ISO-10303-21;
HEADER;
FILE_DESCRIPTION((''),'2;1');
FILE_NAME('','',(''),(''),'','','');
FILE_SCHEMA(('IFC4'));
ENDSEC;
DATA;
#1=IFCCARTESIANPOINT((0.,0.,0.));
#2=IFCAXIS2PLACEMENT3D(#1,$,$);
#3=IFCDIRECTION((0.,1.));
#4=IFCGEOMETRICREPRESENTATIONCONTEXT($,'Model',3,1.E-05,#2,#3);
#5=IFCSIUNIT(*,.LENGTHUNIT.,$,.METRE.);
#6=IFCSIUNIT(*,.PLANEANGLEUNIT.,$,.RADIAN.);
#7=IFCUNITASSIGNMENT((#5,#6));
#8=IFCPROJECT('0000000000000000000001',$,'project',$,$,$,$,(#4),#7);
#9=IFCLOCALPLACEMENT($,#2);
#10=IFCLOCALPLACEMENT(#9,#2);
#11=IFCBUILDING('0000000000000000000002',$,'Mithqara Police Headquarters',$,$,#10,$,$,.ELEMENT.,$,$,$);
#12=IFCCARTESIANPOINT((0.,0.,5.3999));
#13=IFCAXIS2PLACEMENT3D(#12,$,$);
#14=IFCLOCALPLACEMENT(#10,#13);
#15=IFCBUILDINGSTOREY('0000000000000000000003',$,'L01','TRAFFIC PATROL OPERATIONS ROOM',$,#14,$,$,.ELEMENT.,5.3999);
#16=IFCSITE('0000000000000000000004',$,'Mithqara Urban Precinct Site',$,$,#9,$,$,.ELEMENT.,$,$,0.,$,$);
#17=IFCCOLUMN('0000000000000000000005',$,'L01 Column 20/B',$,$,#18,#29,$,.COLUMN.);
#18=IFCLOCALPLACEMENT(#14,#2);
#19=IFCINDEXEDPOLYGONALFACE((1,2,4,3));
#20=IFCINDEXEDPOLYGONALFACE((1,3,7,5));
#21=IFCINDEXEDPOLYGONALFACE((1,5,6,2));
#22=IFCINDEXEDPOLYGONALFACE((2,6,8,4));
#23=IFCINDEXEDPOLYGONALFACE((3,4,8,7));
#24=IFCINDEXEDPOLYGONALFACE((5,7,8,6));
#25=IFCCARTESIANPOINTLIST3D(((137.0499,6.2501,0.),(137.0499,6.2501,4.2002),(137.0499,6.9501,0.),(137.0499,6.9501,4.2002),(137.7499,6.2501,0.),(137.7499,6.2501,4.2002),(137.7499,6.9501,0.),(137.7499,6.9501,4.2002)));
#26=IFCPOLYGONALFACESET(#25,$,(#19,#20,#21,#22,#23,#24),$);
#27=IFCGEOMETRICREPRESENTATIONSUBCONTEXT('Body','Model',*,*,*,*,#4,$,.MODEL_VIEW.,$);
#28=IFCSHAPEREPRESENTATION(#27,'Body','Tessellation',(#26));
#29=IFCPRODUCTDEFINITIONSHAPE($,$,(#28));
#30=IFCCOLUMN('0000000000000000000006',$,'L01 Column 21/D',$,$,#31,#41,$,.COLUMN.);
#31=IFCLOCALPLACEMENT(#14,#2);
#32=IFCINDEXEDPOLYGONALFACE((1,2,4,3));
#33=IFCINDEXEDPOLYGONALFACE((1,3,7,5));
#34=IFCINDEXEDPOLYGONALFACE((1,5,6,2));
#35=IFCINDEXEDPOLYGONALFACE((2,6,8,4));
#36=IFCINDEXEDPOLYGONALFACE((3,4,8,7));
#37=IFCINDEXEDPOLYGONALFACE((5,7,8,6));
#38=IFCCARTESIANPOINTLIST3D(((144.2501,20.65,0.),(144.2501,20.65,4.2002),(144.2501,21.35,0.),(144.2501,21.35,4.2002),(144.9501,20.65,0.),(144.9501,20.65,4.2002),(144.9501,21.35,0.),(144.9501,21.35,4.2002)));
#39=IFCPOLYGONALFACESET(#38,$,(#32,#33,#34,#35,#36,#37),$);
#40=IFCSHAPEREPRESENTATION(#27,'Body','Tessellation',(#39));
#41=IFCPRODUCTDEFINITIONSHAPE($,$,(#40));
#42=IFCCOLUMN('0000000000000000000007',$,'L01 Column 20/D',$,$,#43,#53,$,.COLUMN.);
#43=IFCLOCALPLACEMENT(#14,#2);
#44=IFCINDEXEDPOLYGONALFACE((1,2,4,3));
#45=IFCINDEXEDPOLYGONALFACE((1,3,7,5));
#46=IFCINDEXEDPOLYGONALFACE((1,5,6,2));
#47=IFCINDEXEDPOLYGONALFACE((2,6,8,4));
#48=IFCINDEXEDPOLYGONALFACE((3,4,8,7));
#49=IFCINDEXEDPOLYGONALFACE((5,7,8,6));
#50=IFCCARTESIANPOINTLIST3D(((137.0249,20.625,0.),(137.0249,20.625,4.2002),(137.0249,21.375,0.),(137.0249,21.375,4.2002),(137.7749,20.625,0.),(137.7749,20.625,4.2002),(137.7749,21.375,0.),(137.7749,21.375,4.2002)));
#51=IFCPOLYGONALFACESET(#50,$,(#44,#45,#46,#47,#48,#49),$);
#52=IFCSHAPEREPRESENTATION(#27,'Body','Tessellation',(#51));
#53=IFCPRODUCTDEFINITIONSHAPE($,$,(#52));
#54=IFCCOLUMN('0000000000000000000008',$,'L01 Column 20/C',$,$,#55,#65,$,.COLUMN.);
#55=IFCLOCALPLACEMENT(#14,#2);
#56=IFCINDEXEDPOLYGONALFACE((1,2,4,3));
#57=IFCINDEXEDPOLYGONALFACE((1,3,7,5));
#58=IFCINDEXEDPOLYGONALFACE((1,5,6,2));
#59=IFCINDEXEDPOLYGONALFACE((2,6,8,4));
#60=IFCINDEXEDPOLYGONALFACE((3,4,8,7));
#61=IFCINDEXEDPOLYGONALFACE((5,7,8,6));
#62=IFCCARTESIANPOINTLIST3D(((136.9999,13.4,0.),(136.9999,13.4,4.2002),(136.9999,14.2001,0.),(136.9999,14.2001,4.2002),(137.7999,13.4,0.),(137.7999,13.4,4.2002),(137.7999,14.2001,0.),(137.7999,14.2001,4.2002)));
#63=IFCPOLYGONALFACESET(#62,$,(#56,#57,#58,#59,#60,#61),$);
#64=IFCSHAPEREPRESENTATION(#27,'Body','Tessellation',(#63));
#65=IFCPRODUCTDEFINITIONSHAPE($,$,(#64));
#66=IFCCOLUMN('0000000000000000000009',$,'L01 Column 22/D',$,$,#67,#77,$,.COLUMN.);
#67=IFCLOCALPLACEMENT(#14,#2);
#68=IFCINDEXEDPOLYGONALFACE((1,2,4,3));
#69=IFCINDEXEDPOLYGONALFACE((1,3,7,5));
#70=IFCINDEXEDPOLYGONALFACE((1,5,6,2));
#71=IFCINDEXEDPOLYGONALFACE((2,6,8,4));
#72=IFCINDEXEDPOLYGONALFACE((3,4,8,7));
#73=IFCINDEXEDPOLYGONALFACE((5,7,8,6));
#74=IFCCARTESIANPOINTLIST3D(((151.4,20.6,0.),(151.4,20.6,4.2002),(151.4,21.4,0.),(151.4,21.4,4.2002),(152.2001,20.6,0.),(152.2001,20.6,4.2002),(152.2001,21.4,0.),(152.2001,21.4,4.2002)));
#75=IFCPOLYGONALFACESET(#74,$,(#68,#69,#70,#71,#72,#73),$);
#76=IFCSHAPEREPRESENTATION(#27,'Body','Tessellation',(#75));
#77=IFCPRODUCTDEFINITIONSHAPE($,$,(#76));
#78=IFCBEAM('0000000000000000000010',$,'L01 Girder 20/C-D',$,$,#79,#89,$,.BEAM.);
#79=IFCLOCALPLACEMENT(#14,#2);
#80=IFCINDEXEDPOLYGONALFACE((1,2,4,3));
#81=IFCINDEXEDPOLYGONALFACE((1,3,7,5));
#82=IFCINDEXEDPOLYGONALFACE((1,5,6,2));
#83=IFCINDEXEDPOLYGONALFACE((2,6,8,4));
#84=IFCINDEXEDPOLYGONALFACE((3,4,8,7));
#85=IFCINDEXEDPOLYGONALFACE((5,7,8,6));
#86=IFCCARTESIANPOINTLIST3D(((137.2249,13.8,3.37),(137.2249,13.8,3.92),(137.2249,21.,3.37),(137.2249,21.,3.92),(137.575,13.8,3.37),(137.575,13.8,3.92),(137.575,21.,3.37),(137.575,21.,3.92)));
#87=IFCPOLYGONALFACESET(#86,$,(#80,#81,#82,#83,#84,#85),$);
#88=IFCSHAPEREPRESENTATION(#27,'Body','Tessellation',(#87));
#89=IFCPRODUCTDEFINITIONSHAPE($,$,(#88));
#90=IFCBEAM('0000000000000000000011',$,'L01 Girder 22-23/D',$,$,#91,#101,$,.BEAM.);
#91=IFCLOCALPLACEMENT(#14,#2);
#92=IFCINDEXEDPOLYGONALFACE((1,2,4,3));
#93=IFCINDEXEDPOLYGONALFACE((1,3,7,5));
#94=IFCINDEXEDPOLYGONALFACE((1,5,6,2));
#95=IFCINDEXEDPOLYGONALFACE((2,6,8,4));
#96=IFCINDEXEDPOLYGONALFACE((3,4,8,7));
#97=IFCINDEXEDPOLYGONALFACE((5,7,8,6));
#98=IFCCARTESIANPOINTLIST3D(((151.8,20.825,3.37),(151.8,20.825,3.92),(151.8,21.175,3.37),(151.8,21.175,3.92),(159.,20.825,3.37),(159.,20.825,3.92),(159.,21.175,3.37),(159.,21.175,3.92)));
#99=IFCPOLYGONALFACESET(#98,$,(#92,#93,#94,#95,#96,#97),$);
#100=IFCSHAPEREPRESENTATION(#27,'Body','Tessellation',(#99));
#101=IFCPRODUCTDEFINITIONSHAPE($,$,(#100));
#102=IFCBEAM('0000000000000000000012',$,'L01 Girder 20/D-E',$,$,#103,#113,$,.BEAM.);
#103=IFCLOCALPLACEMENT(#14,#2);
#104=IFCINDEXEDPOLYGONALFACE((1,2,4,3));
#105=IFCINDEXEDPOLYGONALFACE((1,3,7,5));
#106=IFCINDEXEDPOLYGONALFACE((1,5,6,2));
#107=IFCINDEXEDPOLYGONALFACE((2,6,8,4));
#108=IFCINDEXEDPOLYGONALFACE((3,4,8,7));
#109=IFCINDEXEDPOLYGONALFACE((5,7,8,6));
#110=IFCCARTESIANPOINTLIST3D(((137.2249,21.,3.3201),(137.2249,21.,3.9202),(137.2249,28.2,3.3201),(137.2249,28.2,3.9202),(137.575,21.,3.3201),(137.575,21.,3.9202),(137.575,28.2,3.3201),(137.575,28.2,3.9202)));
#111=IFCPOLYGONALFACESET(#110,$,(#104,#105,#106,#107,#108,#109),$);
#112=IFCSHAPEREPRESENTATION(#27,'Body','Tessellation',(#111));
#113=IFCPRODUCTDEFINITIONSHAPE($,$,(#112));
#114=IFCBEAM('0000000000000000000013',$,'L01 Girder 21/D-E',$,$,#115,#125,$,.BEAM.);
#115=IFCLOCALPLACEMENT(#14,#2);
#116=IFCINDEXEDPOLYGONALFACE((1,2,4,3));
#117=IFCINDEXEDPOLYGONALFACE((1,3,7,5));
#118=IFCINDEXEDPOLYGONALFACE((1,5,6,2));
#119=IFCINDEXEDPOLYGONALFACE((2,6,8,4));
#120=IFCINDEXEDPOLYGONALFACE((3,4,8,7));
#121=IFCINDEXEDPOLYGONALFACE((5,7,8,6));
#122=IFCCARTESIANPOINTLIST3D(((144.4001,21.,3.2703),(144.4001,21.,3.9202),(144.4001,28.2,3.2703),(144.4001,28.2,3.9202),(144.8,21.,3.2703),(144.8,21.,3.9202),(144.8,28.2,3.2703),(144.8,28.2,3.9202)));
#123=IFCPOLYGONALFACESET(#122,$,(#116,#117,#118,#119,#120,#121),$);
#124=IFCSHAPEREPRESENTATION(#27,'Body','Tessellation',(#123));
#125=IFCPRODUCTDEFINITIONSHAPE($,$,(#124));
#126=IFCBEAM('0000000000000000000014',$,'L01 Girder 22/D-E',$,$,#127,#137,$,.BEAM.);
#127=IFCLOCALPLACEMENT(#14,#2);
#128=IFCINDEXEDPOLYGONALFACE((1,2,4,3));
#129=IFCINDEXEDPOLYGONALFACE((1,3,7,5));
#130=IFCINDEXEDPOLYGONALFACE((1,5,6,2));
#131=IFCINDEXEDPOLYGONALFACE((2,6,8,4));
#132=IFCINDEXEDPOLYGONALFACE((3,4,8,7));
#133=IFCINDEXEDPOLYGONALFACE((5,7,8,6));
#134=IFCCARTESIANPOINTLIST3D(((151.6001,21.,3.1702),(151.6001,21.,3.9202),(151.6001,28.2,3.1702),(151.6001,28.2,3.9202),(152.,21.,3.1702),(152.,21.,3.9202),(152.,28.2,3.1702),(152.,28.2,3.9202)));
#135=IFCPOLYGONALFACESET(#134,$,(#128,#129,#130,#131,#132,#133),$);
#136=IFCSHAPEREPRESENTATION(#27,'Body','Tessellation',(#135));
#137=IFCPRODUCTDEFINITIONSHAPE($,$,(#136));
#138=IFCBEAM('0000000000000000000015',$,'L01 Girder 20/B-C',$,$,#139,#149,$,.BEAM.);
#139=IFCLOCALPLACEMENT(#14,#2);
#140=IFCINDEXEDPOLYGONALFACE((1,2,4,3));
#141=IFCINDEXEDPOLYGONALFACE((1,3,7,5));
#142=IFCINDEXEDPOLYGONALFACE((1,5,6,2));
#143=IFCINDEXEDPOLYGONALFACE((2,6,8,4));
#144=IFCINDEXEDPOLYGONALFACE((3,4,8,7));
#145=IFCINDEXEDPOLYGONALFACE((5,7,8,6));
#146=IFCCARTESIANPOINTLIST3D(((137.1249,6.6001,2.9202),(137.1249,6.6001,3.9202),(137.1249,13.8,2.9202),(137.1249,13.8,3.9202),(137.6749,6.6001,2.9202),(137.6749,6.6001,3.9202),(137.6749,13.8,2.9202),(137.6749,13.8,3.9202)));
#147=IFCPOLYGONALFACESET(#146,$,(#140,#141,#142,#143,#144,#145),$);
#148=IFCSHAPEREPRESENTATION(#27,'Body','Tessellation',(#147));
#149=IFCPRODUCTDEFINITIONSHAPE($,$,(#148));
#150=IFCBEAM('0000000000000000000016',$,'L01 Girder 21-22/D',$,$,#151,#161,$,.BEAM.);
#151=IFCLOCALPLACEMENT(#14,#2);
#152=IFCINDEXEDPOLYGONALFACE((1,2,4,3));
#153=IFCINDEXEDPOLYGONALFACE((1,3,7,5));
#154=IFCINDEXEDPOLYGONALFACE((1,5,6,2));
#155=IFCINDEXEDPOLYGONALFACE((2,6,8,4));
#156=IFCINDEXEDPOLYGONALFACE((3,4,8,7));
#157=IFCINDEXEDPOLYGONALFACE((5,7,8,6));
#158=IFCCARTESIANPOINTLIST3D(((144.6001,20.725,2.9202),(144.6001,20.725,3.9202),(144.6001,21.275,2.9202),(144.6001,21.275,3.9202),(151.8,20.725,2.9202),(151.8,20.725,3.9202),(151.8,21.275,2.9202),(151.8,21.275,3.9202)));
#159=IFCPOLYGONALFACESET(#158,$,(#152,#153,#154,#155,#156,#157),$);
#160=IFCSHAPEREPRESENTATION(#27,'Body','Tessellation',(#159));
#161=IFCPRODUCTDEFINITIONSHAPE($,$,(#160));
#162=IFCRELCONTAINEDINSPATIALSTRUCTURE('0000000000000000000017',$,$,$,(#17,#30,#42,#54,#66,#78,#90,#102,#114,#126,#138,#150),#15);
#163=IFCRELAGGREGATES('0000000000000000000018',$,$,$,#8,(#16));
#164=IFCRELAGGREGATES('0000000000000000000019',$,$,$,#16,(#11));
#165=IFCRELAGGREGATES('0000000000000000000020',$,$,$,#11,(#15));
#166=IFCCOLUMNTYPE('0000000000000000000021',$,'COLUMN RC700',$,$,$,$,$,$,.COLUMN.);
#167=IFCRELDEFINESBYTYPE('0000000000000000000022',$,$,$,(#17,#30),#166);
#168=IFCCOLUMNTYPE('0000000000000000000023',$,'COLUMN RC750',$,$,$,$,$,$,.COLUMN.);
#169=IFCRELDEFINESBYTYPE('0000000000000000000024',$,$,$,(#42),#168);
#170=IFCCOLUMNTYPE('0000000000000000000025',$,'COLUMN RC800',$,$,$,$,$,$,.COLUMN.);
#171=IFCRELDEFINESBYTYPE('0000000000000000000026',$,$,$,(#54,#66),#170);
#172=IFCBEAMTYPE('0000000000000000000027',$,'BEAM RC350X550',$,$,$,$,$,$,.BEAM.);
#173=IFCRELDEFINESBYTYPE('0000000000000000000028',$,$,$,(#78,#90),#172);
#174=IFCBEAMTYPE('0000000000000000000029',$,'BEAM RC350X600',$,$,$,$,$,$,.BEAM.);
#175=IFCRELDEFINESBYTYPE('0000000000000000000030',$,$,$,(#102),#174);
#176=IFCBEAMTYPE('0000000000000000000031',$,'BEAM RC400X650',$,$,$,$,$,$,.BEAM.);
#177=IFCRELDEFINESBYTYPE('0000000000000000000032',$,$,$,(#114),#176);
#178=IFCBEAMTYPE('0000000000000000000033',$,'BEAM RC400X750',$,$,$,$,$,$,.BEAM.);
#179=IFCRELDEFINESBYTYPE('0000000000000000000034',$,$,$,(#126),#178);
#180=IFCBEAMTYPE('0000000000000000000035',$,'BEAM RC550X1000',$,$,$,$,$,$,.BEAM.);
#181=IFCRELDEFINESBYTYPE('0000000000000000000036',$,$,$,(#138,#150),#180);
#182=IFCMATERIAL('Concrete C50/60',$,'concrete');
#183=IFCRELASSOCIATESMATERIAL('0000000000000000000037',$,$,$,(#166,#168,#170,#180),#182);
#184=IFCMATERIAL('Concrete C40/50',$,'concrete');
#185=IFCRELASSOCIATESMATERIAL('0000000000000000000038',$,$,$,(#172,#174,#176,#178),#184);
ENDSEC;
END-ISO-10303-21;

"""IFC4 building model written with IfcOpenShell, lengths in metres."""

from ifc_helpers import new_model, si_unit, direction, frame, origin, origin_2d, place, context, subcontext, project, spatial, rectangle, extrude, material, material_profile, profile_set, type_object, element, save


model = new_model("IFC4")

# Units and contexts
model_context = context("Model", 3, precision=1e-05, world=origin(), true_north=direction((0.0, 1.0)))
body_context = subcontext(model_context, "Body", "Model", "MODEL_VIEW")
ifc_project = project(units=[si_unit("LENGTHUNIT", "METRE"), si_unit("PLANEANGLEUNIT", "RADIAN")], contexts=[model_context])

# Site, building, storey
site_placement = place(None, origin())
site = spatial("IfcSite", under=ifc_project, at=site_placement, Name="Mithqara Urban Precinct Site", CompositionType="ELEMENT", RefElevation=0.0)
building_placement = place(site_placement, origin())
building = spatial("IfcBuilding", under=site, at=building_placement, Name="Mithqara Police Headquarters", CompositionType="ELEMENT")
storey_placement = place(building_placement, frame((0.0, 0.0, 5.3999)))
storey = spatial("IfcBuildingStorey", under=building, at=storey_placement, Name="L01", Description="TRAFFIC PATROL OPERATIONS ROOM", CompositionType="ELEMENT", Elevation=5.3999)

# Columns
ifc_material_1 = material(Name="Concrete C50/60", Category="concrete")
ifc_material_profile_1 = material_profile(ifc_material_1, rectangle(XDim=0.7, YDim=0.7, at=origin_2d()), Name="RC 700x700")
ifc_profile_set_1 = profile_set([ifc_material_profile_1], Name="Concrete C50/60")
column_type_1 = type_object("IfcColumnType", Name="COLUMN RC700", PredefinedType="COLUMN", material=ifc_profile_set_1)
for number, where, z_axis, x_axis, name in (
    (1, (137.3999, 6.6001, 0.0), (0.0, 0.0, 1.0), (1.0, 0.0, 0.0), "L01 Column 20/B"),
    (2, (144.6001, 21.0, 0.0), (0.0, 0.0, 1.0), (1.0, 0.0, 0.0), "L01 Column 21/D"),
):
    element("IfcColumn", number, at=place(storey_placement, frame(where, z_axis=z_axis, x_axis=x_axis)), inside=storey, type_object=column_type_1, Name=name, PredefinedType="COLUMN", context=body_context, shape_type="SweptSolid", body=[
        extrude(rectangle(XDim=0.7, YDim=0.7, at=origin_2d()), origin(), (0.0, 0.0, 1.0), 4.2002),
    ])
ifc_material_profile_2 = material_profile(ifc_material_1, rectangle(XDim=0.75, YDim=0.75, at=origin_2d()), Name="RC 750x750")
ifc_profile_set_2 = profile_set([ifc_material_profile_2], Name="Concrete C50/60")
column_type_2 = type_object("IfcColumnType", Name="COLUMN RC750", PredefinedType="COLUMN", material=ifc_profile_set_2)
column_placement = place(storey_placement, frame((137.3999, 21.0, 0.0), z_axis=(0.0, 0.0, 1.0), x_axis=(1.0, 0.0, 0.0)))
element("IfcColumn", 3, at=column_placement, inside=storey, type_object=column_type_2, Name="L01 Column 20/D", PredefinedType="COLUMN", context=body_context, shape_type="SweptSolid", body=[
    extrude(rectangle(XDim=0.75, YDim=0.75, at=origin_2d()), origin(), (0.0, 0.0, 1.0), 4.2002),
])
ifc_material_profile_3 = material_profile(ifc_material_1, rectangle(XDim=0.8, YDim=0.8, at=origin_2d()), Name="RC 800x800")
ifc_profile_set_3 = profile_set([ifc_material_profile_3], Name="Concrete C50/60")
column_type_3 = type_object("IfcColumnType", Name="COLUMN RC800", PredefinedType="COLUMN", material=ifc_profile_set_3)
for number, where, z_axis, x_axis, name in (
    (4, (137.3999, 13.8, 0.0), (0.0, 0.0, 1.0), (1.0, 0.0, 0.0), "L01 Column 20/C"),
    (5, (151.8, 21.0, 0.0), (0.0, 0.0, 1.0), (1.0, 0.0, 0.0), "L01 Column 22/D"),
):
    element("IfcColumn", number, at=place(storey_placement, frame(where, z_axis=z_axis, x_axis=x_axis)), inside=storey, type_object=column_type_3, Name=name, PredefinedType="COLUMN", context=body_context, shape_type="SweptSolid", body=[
        extrude(rectangle(XDim=0.8, YDim=0.8, at=origin_2d()), origin(), (0.0, 0.0, 1.0), 4.2002),
    ])

# Beams
ifc_material_2 = material(Name="Concrete C40/50", Category="concrete")
ifc_material_profile_4 = material_profile(ifc_material_2, rectangle(XDim=0.3501, YDim=0.55, at=origin_2d()), Name="RC 350x550")
ifc_profile_set_4 = profile_set([ifc_material_profile_4], Name="Concrete C40/50")
beam_type_1 = type_object("IfcBeamType", Name="BEAM RC350X550", PredefinedType="BEAM", material=ifc_profile_set_4)
for number, where, z_axis, x_axis, name in (
    (6, (137.3999, 13.8, 3.645), (0.0, 1.0, 0.0), (-1.0, 0.0, 0.0), "L01 Girder 20/C-D"),
    (7, (151.8, 21.0, 3.645), (1.0, 0.0, 0.0), (0.0, 1.0, 0.0), "L01 Girder 22-23/D"),
):
    element("IfcBeam", number, at=place(storey_placement, frame(where, z_axis=z_axis, x_axis=x_axis)), inside=storey, type_object=beam_type_1, Name=name, PredefinedType="BEAM", context=body_context, shape_type="SweptSolid", body=[
        extrude(rectangle(XDim=0.3501, YDim=0.55, at=origin_2d()), origin(), (0.0, 0.0, 1.0), 7.2),
    ])
ifc_material_profile_5 = material_profile(ifc_material_2, rectangle(XDim=0.3501, YDim=0.6001, at=origin_2d()), Name="RC 350x600")
ifc_profile_set_5 = profile_set([ifc_material_profile_5], Name="Concrete C40/50")
beam_type_2 = type_object("IfcBeamType", Name="BEAM RC350X600", PredefinedType="BEAM", material=ifc_profile_set_5)
beam_1_placement = place(storey_placement, frame((137.3999, 21.0, 3.6201), z_axis=(0.0, 1.0, 0.0), x_axis=(-1.0, 0.0, 0.0)))
element("IfcBeam", 8, at=beam_1_placement, inside=storey, type_object=beam_type_2, Name="L01 Girder 20/D-E", PredefinedType="BEAM", context=body_context, shape_type="SweptSolid", body=[
    extrude(rectangle(XDim=0.3501, YDim=0.6001, at=origin_2d()), origin(), (0.0, 0.0, 1.0), 7.2),
])
ifc_material_profile_6 = material_profile(ifc_material_2, rectangle(XDim=0.3999, YDim=0.6499, at=origin_2d()), Name="RC 400x650")
ifc_profile_set_6 = profile_set([ifc_material_profile_6], Name="Concrete C40/50")
beam_type_3 = type_object("IfcBeamType", Name="BEAM RC400X650", PredefinedType="BEAM", material=ifc_profile_set_6)
beam_2_placement = place(storey_placement, frame((144.6001, 21.0, 3.5952), z_axis=(0.0, 1.0, 0.0), x_axis=(-1.0, 0.0, 0.0)))
element("IfcBeam", 9, at=beam_2_placement, inside=storey, type_object=beam_type_3, Name="L01 Girder 21/D-E", PredefinedType="BEAM", context=body_context, shape_type="SweptSolid", body=[
    extrude(rectangle(XDim=0.3999, YDim=0.6499, at=origin_2d()), origin(), (0.0, 0.0, 1.0), 7.2),
])
ifc_material_profile_7 = material_profile(ifc_material_2, rectangle(XDim=0.3999, YDim=0.75, at=origin_2d()), Name="RC 400x750")
ifc_profile_set_7 = profile_set([ifc_material_profile_7], Name="Concrete C40/50")
beam_type_4 = type_object("IfcBeamType", Name="BEAM RC400X750", PredefinedType="BEAM", material=ifc_profile_set_7)
beam_3_placement = place(storey_placement, frame((151.8, 21.0, 3.5452), z_axis=(0.0, 1.0, 0.0), x_axis=(-1.0, 0.0, 0.0)))
element("IfcBeam", 10, at=beam_3_placement, inside=storey, type_object=beam_type_4, Name="L01 Girder 22/D-E", PredefinedType="BEAM", context=body_context, shape_type="SweptSolid", body=[
    extrude(rectangle(XDim=0.3999, YDim=0.75, at=origin_2d()), origin(), (0.0, 0.0, 1.0), 7.2),
])
ifc_material_profile_8 = material_profile(ifc_material_1, rectangle(XDim=0.55, YDim=1.0, at=origin_2d()), Name="RC 550x1000")
ifc_profile_set_8 = profile_set([ifc_material_profile_8], Name="Concrete C50/60")
beam_type_5 = type_object("IfcBeamType", Name="BEAM RC550X1000", PredefinedType="BEAM", material=ifc_profile_set_8)
for number, where, z_axis, x_axis, name in (
    (11, (137.3999, 6.6001, 3.4202), (0.0, 1.0, 0.0), (-1.0, 0.0, 0.0), "L01 Girder 20/B-C"),
    (12, (144.6001, 21.0, 3.4202), (1.0, 0.0, 0.0), (0.0, 1.0, 0.0), "L01 Girder 21-22/D"),
):
    element("IfcBeam", number, at=place(storey_placement, frame(where, z_axis=z_axis, x_axis=x_axis)), inside=storey, type_object=beam_type_5, Name=name, PredefinedType="BEAM", context=body_context, shape_type="SweptSolid", body=[
        extrude(rectangle(XDim=0.55, YDim=1.0, at=origin_2d()), origin(), (0.0, 0.0, 1.0), 7.2),
    ])

save(model, "model.ifc")
